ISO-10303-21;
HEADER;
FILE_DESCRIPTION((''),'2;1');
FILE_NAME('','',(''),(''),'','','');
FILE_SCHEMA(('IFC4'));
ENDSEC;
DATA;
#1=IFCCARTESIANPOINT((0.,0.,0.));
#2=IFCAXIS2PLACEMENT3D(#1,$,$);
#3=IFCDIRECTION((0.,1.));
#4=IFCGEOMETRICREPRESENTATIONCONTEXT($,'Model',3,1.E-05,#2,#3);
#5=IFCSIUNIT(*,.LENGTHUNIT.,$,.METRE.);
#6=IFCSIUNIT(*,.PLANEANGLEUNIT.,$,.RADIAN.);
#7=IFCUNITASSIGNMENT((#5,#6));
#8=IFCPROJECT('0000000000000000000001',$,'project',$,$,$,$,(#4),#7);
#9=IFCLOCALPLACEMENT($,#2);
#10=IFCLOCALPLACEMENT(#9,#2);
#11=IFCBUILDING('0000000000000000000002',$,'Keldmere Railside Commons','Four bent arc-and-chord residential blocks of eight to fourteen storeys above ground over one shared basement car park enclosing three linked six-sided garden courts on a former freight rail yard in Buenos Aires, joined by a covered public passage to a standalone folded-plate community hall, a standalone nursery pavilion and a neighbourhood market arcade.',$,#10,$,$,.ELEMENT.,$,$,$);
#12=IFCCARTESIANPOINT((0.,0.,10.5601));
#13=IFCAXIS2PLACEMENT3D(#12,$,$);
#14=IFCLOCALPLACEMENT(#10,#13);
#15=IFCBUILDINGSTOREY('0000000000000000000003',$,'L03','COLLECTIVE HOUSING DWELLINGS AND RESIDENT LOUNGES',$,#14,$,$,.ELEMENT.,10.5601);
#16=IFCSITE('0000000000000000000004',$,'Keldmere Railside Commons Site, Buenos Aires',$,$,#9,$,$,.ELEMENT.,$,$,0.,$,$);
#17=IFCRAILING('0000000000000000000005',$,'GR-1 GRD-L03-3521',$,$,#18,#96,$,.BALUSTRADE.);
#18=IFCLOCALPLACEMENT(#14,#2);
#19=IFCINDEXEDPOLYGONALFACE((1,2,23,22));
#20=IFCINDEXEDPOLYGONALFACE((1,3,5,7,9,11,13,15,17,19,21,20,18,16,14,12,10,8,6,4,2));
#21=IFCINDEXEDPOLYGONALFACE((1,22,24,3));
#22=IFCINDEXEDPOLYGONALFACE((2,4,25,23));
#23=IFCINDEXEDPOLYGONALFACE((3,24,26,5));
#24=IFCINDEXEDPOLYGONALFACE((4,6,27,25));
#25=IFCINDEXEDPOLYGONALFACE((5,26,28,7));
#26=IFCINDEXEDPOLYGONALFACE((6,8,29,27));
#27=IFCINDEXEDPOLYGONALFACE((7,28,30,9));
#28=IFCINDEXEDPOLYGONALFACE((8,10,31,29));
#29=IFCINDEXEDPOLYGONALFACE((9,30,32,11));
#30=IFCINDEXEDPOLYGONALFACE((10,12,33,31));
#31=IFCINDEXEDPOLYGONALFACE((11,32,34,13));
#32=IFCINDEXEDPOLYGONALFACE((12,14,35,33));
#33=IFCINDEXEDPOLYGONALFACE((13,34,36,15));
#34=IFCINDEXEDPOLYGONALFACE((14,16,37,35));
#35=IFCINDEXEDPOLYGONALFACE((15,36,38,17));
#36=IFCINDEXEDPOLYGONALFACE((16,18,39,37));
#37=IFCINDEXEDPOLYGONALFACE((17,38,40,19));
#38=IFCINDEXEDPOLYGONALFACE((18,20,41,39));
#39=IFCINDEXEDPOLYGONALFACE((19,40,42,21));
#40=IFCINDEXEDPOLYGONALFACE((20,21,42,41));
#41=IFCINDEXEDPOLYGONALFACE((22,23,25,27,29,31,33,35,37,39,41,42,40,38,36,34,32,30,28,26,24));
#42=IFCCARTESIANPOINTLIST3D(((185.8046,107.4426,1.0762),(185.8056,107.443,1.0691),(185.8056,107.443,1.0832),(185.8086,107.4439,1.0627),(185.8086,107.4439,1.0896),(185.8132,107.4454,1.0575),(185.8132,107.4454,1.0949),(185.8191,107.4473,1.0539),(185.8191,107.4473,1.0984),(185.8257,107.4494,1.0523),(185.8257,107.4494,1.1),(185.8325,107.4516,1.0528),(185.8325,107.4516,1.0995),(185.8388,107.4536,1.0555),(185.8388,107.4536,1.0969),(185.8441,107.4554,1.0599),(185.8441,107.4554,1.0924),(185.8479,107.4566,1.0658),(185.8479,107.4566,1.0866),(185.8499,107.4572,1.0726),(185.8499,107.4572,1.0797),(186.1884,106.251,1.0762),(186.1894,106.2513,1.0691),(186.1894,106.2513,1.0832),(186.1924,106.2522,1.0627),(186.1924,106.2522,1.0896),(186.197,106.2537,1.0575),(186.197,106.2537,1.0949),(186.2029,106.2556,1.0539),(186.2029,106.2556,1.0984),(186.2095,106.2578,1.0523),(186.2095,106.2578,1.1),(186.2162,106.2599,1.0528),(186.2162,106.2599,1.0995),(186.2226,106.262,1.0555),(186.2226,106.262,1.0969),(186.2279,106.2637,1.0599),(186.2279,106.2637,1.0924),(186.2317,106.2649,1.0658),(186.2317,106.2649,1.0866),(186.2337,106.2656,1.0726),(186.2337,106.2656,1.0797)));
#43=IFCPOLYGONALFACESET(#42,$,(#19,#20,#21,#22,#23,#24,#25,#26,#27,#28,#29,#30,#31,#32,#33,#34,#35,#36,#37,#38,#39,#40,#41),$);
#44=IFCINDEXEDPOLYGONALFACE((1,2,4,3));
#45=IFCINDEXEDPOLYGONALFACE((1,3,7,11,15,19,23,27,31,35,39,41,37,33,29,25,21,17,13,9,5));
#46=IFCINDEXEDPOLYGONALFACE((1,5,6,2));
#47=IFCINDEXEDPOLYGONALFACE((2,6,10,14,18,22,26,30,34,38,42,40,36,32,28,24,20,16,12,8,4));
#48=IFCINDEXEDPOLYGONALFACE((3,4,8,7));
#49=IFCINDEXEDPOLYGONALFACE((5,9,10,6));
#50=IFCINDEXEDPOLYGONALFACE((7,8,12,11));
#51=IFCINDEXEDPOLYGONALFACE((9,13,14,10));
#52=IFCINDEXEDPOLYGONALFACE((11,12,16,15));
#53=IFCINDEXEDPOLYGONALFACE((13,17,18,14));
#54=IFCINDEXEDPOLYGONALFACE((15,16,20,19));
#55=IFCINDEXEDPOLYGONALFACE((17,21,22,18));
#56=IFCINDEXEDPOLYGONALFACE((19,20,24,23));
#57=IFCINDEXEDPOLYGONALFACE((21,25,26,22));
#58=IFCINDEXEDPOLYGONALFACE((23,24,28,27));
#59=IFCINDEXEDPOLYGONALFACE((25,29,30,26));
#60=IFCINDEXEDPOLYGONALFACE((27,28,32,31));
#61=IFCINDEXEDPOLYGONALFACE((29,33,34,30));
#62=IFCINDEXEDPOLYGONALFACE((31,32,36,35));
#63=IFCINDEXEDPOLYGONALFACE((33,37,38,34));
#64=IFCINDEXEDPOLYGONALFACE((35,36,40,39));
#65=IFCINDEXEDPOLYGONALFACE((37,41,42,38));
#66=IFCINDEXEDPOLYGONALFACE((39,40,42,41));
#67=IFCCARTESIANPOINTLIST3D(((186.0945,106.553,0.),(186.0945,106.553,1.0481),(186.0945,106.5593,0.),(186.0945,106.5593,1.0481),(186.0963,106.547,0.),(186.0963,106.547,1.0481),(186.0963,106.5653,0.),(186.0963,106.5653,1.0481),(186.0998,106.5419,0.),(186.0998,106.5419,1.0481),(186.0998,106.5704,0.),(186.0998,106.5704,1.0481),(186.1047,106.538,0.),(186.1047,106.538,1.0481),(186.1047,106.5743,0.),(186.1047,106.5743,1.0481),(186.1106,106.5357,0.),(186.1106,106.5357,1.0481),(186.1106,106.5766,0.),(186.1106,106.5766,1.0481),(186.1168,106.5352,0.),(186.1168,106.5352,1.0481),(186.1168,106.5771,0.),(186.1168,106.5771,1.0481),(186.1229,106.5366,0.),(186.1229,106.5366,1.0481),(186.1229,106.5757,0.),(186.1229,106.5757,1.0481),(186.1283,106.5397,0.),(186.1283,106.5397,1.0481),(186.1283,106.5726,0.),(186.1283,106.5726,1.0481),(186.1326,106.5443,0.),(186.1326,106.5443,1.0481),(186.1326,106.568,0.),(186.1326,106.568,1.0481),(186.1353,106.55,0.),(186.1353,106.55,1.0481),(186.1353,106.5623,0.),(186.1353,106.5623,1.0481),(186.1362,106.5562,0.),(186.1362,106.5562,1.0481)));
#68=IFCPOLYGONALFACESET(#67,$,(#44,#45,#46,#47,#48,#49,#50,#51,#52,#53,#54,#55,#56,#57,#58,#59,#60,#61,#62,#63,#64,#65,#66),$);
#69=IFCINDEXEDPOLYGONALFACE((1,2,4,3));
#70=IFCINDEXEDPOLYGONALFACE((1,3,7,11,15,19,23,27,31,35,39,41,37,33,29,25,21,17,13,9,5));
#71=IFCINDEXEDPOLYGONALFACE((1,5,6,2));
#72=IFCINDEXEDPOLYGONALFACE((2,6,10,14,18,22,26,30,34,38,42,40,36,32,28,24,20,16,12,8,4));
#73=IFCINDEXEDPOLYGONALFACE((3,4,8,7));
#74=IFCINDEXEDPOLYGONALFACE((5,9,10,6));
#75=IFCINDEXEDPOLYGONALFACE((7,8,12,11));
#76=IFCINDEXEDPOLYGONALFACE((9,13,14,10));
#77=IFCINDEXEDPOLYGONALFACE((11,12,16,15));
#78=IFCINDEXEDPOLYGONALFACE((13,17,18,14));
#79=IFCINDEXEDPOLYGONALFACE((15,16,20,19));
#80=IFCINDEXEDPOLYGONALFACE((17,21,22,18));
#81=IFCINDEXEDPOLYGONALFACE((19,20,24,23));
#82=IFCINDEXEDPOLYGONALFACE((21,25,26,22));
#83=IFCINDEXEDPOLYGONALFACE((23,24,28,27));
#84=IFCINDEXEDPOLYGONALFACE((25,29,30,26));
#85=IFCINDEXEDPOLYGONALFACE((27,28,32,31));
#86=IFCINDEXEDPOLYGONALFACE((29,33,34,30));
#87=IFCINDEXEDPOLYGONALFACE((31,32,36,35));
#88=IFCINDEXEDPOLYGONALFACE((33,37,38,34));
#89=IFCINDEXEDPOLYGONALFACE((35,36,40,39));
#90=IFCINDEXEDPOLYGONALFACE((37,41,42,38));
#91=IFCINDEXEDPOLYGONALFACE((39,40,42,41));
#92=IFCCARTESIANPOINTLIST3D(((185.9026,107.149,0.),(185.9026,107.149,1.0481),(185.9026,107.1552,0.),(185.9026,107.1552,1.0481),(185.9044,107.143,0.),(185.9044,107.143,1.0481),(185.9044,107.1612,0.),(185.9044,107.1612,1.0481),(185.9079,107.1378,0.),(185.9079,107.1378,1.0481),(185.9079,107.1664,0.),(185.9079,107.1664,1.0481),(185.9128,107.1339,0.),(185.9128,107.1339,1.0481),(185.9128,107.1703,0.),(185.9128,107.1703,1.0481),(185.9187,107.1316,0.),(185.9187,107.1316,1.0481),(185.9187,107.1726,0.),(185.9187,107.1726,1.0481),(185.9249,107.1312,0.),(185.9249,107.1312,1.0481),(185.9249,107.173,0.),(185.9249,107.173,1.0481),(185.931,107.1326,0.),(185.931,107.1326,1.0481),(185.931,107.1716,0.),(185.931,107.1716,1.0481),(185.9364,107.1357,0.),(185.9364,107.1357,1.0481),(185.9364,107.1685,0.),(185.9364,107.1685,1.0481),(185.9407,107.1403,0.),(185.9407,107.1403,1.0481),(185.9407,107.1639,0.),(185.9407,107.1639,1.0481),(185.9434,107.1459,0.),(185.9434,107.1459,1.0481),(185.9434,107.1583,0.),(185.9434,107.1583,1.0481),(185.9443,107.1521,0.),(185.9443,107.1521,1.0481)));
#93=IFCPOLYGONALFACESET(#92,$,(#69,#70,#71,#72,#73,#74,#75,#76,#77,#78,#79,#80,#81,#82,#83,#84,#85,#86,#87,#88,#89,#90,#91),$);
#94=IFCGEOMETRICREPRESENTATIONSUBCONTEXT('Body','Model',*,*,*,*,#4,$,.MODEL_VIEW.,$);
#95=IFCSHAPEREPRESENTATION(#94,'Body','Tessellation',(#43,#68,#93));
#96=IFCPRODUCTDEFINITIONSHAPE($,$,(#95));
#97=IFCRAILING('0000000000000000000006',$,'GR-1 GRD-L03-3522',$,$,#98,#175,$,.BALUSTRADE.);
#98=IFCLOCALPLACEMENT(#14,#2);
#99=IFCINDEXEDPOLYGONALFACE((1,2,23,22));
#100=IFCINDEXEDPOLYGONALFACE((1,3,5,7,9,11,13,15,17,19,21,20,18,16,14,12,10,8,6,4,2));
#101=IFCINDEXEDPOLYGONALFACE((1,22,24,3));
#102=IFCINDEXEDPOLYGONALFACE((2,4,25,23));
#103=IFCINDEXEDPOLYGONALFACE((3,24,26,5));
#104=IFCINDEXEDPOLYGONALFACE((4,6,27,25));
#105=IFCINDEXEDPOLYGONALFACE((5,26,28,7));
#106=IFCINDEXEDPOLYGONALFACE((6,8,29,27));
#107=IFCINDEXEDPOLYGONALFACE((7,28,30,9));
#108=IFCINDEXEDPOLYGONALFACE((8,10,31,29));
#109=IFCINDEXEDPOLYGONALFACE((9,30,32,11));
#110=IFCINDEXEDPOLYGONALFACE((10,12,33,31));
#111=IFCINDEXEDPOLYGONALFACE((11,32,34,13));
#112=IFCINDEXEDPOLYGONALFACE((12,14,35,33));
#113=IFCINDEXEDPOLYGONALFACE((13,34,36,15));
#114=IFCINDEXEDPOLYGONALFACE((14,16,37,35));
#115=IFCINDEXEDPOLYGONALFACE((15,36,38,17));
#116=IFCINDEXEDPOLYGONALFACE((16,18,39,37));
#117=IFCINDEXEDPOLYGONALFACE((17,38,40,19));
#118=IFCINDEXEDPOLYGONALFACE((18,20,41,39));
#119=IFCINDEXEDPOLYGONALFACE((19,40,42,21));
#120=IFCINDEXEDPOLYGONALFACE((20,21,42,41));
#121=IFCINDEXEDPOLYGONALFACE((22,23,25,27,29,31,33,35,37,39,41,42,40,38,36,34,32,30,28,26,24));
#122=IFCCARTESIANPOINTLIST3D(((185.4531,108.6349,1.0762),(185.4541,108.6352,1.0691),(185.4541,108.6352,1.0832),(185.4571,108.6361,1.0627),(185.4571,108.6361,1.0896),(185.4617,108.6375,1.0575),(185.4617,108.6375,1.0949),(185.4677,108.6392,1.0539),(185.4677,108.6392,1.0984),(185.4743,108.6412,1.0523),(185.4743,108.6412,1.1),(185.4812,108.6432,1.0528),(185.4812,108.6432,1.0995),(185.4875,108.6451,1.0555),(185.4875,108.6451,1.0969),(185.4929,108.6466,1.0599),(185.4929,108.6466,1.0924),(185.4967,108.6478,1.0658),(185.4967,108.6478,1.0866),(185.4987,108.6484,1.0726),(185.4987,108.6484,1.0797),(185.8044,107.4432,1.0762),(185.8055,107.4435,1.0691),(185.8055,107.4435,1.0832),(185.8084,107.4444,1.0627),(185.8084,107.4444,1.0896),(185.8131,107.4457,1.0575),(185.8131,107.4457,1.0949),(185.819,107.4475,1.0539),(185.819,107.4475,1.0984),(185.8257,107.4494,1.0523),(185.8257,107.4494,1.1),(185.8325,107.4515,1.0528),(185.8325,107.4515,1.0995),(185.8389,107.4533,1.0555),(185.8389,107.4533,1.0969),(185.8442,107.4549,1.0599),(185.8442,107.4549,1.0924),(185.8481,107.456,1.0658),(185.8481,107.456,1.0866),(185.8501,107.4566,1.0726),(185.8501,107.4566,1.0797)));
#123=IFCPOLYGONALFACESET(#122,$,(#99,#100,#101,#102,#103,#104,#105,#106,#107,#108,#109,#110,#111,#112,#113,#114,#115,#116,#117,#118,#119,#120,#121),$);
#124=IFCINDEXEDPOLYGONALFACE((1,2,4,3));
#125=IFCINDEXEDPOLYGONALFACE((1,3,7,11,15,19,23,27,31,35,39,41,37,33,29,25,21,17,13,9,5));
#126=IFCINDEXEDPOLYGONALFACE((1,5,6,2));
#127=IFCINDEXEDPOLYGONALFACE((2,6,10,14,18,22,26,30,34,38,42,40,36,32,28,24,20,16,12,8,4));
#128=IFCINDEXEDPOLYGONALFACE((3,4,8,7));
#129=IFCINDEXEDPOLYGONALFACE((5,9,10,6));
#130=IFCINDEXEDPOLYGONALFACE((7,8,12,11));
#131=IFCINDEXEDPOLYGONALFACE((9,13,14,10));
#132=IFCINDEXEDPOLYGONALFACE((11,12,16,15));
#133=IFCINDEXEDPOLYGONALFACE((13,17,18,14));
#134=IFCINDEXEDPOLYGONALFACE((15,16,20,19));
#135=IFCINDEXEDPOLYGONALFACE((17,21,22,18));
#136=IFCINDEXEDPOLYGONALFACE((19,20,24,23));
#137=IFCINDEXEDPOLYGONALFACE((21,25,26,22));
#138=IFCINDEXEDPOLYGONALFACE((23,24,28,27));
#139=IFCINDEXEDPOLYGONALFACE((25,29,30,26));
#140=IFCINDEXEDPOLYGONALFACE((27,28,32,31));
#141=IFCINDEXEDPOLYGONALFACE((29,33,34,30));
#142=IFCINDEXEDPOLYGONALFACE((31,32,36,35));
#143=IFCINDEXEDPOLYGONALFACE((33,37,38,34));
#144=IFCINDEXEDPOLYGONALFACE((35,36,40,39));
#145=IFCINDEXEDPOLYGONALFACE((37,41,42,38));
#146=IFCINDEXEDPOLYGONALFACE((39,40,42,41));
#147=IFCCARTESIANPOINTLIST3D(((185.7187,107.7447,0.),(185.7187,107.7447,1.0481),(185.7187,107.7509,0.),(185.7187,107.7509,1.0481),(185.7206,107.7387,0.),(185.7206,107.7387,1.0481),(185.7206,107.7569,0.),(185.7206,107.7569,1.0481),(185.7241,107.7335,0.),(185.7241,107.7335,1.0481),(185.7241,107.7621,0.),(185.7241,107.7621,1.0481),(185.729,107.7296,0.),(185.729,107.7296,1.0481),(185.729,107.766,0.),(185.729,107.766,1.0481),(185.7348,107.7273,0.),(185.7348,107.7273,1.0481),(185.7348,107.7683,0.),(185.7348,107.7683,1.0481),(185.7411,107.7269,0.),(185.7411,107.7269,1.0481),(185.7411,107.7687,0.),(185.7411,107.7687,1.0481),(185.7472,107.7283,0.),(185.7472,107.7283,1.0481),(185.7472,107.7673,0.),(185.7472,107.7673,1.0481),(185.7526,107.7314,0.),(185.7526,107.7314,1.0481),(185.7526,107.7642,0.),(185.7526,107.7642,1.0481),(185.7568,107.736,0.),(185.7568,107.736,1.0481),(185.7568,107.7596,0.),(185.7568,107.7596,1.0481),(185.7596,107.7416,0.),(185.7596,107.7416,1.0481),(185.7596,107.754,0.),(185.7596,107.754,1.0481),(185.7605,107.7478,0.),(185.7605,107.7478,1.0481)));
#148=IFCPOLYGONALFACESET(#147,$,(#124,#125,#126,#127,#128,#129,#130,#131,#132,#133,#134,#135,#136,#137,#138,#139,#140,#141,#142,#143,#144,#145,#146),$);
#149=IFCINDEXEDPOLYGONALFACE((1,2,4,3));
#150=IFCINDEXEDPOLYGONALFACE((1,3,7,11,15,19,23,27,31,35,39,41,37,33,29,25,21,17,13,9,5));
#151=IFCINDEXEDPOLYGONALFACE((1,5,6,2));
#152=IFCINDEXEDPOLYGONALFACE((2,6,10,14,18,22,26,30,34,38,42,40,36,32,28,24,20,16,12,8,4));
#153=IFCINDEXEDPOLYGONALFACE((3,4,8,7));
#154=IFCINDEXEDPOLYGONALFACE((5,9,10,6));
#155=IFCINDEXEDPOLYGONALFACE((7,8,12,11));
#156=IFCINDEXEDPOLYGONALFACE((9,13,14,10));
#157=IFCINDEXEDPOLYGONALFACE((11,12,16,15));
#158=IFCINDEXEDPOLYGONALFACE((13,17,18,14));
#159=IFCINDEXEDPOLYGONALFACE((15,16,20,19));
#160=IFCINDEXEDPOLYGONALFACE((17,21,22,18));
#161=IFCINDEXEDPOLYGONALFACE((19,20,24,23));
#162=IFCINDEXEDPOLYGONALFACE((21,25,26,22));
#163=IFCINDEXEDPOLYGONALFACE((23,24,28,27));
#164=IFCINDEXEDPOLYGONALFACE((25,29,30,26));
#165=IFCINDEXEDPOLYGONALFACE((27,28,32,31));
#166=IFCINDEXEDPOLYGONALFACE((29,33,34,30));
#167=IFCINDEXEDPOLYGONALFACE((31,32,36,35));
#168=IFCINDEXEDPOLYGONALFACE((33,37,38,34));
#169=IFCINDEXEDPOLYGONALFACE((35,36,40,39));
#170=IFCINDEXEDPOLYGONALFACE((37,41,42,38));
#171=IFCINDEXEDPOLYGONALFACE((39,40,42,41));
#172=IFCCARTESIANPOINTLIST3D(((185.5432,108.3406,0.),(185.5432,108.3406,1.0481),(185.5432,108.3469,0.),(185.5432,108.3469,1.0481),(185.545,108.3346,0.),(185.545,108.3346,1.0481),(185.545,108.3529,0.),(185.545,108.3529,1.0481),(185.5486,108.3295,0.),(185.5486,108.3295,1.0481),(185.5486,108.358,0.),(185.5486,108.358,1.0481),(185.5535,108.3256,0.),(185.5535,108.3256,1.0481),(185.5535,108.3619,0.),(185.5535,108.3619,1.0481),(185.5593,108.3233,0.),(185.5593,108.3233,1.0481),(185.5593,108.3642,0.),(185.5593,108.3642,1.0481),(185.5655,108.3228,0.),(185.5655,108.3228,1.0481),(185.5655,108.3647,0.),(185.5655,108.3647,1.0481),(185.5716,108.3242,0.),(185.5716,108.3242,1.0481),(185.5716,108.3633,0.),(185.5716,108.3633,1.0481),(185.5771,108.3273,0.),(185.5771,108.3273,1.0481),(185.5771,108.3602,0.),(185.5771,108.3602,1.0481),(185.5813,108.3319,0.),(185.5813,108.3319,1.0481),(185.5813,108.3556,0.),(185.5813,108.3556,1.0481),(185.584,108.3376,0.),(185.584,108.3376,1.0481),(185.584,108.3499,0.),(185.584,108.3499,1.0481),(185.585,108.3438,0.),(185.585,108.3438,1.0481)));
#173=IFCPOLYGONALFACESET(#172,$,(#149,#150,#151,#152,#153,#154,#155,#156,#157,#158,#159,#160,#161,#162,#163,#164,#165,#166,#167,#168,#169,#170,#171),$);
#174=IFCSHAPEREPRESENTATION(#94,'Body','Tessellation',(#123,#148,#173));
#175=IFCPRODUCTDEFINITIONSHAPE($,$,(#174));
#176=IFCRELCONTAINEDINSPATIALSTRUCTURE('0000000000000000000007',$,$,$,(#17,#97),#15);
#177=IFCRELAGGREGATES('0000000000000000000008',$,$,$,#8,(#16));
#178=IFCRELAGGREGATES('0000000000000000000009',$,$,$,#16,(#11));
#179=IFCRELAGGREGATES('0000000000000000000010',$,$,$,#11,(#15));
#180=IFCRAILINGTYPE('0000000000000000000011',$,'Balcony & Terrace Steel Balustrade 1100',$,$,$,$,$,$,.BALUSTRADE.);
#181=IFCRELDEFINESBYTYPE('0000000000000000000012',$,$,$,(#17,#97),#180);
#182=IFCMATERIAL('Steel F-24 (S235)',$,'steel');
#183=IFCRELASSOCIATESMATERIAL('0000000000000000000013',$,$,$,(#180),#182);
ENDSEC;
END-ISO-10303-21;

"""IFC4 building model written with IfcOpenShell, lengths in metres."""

from ifc_helpers import new_model, si_unit, direction, frame, origin, origin_2d, place, context, subcontext, project, spatial, circle, extrude, material, type_object, element, save


model = new_model("IFC4")

# Units and contexts
model_context = context("Model", 3, precision=1e-05, world=origin(), true_north=direction((0.0, 1.0)))
body_context = subcontext(model_context, "Body", "Model", "MODEL_VIEW")
ifc_project = project(units=[si_unit("LENGTHUNIT", "METRE"), si_unit("PLANEANGLEUNIT", "RADIAN")], contexts=[model_context])

# Site, building, storey
site_placement = place(None, origin())
site = spatial("IfcSite", under=ifc_project, at=site_placement, Name="Keldmere Railside Commons Site, Buenos Aires", CompositionType="ELEMENT", RefElevation=0.0)
building_placement = place(site_placement, origin())
building = spatial("IfcBuilding", under=site, at=building_placement, Name="Keldmere Railside Commons", Description="Four bent arc-and-chord residential blocks of eight to fourteen storeys above ground over one shared basement car park enclosing three linked six-sided garden courts on a former freight rail yard in Buenos Aires, joined by a covered public passage to a standalone folded-plate community hall, a standalone nursery pavilion and a neighbourhood market arcade.", CompositionType="ELEMENT")
storey_placement = place(building_placement, frame((0.0, 0.0, 10.5601)))
storey = spatial("IfcBuildingStorey", under=building, at=storey_placement, Name="L03", Description="COLLECTIVE HOUSING DWELLINGS AND RESIDENT LOUNGES", CompositionType="ELEMENT", Elevation=10.5601)

# Railings
ifc_material_1 = material(Name="Steel F-24 (S235)", Category="steel")
railing_type = type_object("IfcRailingType", Name="Balcony & Terrace Steel Balustrade 1100", PredefinedType="BALUSTRADE", material=ifc_material_1)
railing_1_placement = place(storey_placement, frame((186.2112, 106.2583, 0.0)))
element("IfcRailing", 1, at=railing_1_placement, inside=storey, type_object=railing_type, Name="GR-1 GRD-L03-3521", PredefinedType="BALUSTRADE", context=body_context, shape_type="SweptSolid", body=[
    extrude(circle(Radius=0.0239, at=origin_2d()), frame((0.0, 0.0, 1.0762), z_axis=(-0.306558, 0.951852, 0.0), x_axis=(-0.951852, -0.306558, 0.0)), (0.0, 0.0, 1.0), 1.252),
    extrude(circle(Radius=0.021, at=origin_2d()), frame((-0.0959, 0.2979, 0.0)), (0.0, 0.0, 1.0), 1.0481),
    extrude(circle(Radius=0.021, at=origin_2d()), frame((-0.2878, 0.8938, 0.0)), (0.0, 0.0, 1.0), 1.0481),
])
railing_2_placement = place(storey_placement, frame((185.8274, 107.45, 0.0)))
element("IfcRailing", 2, at=railing_2_placement, inside=storey, type_object=railing_type, Name="GR-1 GRD-L03-3522", PredefinedType="BALUSTRADE", context=body_context, shape_type="SweptSolid", body=[
    extrude(circle(Radius=0.0239, at=origin_2d()), frame((0.0, 0.0, 1.0762), z_axis=(-0.282783, 0.959184, 0.0), x_axis=(-0.959184, -0.282783, 0.0)), (0.0, 0.0, 1.0), 1.2424),
    extrude(circle(Radius=0.021, at=origin_2d()), frame((-0.0879, 0.2979, 0.0)), (0.0, 0.0, 1.0), 1.0481),
    extrude(circle(Radius=0.021, at=origin_2d()), frame((-0.2634, 0.8938, 0.0)), (0.0, 0.0, 1.0), 1.0481),
])

save(model, "model.ifc")
